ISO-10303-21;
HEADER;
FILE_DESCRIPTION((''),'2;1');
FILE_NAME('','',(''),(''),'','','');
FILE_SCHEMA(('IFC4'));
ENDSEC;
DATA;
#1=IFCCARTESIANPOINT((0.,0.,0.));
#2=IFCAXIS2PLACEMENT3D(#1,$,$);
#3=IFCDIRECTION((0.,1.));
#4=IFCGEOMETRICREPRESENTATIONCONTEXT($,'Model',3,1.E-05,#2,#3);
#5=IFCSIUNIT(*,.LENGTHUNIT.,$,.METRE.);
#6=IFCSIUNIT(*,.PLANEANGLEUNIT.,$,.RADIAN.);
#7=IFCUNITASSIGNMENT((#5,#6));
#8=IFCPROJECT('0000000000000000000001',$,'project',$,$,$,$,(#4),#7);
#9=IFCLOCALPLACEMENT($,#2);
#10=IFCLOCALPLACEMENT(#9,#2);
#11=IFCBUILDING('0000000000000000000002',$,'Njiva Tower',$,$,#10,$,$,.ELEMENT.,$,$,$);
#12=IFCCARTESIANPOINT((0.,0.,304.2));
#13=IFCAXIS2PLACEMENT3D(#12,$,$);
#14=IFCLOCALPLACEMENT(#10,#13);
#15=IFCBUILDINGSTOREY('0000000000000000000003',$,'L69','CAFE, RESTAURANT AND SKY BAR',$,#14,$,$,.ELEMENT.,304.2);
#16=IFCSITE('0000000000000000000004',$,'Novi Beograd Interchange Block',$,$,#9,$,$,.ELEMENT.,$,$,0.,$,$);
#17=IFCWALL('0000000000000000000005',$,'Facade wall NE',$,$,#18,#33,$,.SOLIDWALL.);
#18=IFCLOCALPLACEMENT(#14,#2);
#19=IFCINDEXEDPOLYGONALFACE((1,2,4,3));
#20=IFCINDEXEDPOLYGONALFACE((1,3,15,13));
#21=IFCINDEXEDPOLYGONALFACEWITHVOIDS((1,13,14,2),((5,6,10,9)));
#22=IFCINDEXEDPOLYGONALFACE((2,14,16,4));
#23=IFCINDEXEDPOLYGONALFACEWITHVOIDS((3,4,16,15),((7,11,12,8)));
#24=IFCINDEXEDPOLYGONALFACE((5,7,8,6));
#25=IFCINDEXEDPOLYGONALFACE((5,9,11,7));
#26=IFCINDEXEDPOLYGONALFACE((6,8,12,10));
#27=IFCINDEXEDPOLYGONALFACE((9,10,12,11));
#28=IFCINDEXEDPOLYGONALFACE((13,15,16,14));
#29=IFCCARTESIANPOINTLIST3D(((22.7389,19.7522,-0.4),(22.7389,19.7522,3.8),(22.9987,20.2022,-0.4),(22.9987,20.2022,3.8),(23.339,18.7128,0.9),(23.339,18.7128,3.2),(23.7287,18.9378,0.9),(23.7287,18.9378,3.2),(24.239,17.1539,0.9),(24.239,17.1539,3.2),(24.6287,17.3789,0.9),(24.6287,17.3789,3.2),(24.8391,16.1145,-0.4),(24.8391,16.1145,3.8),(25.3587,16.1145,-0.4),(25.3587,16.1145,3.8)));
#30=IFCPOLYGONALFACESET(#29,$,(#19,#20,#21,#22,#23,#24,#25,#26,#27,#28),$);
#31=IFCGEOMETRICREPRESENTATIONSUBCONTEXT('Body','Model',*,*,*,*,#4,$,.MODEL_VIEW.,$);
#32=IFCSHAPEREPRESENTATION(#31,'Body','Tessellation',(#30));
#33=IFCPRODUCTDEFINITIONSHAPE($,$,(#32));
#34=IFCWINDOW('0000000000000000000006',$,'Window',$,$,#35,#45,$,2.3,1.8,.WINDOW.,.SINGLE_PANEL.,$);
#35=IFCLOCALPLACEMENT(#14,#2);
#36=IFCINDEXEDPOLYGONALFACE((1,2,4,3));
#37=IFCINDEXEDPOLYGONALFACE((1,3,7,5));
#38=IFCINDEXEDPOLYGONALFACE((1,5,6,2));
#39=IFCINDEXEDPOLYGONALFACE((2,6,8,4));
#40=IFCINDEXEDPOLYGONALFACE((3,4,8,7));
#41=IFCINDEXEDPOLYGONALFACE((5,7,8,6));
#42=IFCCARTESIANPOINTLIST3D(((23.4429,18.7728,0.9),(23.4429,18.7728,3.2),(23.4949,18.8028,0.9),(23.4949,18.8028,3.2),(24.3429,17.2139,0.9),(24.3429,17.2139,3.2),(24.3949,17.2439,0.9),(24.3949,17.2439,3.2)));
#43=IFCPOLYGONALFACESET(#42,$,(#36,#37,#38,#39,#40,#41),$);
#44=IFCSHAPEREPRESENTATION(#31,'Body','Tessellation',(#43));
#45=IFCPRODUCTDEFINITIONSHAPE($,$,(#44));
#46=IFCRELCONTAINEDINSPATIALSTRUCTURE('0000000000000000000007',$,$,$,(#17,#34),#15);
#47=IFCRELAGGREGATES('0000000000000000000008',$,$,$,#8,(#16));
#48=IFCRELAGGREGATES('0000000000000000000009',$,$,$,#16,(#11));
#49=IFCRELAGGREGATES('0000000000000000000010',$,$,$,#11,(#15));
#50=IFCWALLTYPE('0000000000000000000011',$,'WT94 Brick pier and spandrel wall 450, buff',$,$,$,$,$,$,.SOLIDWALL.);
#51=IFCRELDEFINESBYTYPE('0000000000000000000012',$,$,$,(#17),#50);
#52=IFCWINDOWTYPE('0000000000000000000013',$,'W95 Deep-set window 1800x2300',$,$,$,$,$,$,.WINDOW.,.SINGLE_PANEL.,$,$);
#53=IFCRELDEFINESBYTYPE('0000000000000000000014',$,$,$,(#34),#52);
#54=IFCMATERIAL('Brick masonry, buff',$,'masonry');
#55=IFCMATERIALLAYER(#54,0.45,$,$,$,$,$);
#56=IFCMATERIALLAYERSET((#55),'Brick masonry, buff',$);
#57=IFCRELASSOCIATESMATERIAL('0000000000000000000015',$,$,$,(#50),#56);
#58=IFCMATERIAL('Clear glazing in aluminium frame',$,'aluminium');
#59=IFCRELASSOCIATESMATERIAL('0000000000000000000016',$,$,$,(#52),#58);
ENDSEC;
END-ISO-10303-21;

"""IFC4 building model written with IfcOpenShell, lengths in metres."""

from ifc_helpers import new_model, si_unit, direction, frame, frame_2d, origin, place, context, subcontext, project, spatial, polyline, rectangle, outline, extrude, material, layer, layer_set, type_object, element, fill, save


model = new_model("IFC4")

# Units and contexts
model_context = context("Model", 3, precision=1e-05, world=origin(), true_north=direction((0.0, 1.0)))
body_context = subcontext(model_context, "Body", "Model", "MODEL_VIEW")
ifc_project = project(units=[si_unit("LENGTHUNIT", "METRE"), si_unit("PLANEANGLEUNIT", "RADIAN")], contexts=[model_context])

# Site, building, storey
site_placement = place(None, origin())
site = spatial("IfcSite", under=ifc_project, at=site_placement, Name="Novi Beograd Interchange Block", CompositionType="ELEMENT", RefElevation=0.0)
building_placement = place(site_placement, origin())
building = spatial("IfcBuilding", under=site, at=building_placement, Name="Njiva Tower", CompositionType="ELEMENT")
storey_placement = place(building_placement, frame((0.0, 0.0, 304.2)))
storey = spatial("IfcBuildingStorey", under=building, at=storey_placement, Name="L69", Description="CAFE, RESTAURANT AND SKY BAR", CompositionType="ELEMENT", Elevation=304.2)

# Shared definitions
ifc_material_1 = material(Name="Clear glazing in aluminium frame", Category="aluminium")

# Wall, opening, window
ifc_material_2 = material(Name="Brick masonry, buff", Category="masonry")
ifc_layer_1 = layer(ifc_material_2, 0.45)
ifc_layer_set_1 = layer_set([ifc_layer_1], Name="Brick masonry, buff")
wall_type_1 = type_object("IfcWallType", Name="WT94 Brick pier and spandrel wall 450, buff", PredefinedType="SOLIDWALL", material=ifc_layer_set_1)
wall_1_placement = place(storey_placement, frame((25.0989, 16.1145, -0.4), z_axis=(0.0, 0.0, 1.0), x_axis=(-0.499995, 0.866028, 0.0)))
wall_1 = element("IfcWall", 1, at=wall_1_placement, inside=storey, type_object=wall_type_1, Name="Facade wall NE", PredefinedType="SOLIDWALL", context=body_context, shape_type="SweptSolid", body=[
    extrude(outline(polyline([(-0.1299, -0.225), (4.5901, -0.225), (4.3303, 0.225), (0.1299, 0.225), (-0.1299, -0.225)])), origin(), (0.0, 0.0, 1.0), 4.2),
])
opening_1_placement = place(wall_1_placement, frame((1.3301, 0.0, 1.3)))
opening_1 = element("IfcOpeningElement", 2, at=opening_1_placement, cuts=wall_1, PredefinedType="OPENING", context=body_context, shape_type="SweptSolid", body=[
    extrude(rectangle(XDim=1.8, YDim=2.3, at=frame_2d((0.9, 1.15))), frame((0.0, 0.235, 0.0), z_axis=(0.0, -1.0, 0.0), x_axis=(1.0, 0.0, 0.0)), (0.0, 0.0, 1.0), 0.47),
])
window_type_1 = type_object("IfcWindowType", Name="W95 Deep-set window 1800x2300", PartitioningType="SINGLE_PANEL", PredefinedType="WINDOW", material=ifc_material_1)
window_1_placement = place(opening_1_placement, origin())
window_1 = element("IfcWindow", 3, at=window_1_placement, inside=storey, type_object=window_type_1, Name="Window", OverallHeight=2.3, OverallWidth=1.8, PartitioningType="SINGLE_PANEL", PredefinedType="WINDOW", context=body_context, shape_type="SweptSolid", body=[
    extrude(rectangle(XDim=1.8, YDim=2.3, at=frame_2d((0.9, 1.15))), frame((0.0, 0.105, 0.0), z_axis=(0.0, -1.0, 0.0), x_axis=(1.0, 0.0, 0.0)), (0.0, 0.0, 1.0), 0.06),
])
fill(opening_1, window_1)

save(model, "model.ifc")
